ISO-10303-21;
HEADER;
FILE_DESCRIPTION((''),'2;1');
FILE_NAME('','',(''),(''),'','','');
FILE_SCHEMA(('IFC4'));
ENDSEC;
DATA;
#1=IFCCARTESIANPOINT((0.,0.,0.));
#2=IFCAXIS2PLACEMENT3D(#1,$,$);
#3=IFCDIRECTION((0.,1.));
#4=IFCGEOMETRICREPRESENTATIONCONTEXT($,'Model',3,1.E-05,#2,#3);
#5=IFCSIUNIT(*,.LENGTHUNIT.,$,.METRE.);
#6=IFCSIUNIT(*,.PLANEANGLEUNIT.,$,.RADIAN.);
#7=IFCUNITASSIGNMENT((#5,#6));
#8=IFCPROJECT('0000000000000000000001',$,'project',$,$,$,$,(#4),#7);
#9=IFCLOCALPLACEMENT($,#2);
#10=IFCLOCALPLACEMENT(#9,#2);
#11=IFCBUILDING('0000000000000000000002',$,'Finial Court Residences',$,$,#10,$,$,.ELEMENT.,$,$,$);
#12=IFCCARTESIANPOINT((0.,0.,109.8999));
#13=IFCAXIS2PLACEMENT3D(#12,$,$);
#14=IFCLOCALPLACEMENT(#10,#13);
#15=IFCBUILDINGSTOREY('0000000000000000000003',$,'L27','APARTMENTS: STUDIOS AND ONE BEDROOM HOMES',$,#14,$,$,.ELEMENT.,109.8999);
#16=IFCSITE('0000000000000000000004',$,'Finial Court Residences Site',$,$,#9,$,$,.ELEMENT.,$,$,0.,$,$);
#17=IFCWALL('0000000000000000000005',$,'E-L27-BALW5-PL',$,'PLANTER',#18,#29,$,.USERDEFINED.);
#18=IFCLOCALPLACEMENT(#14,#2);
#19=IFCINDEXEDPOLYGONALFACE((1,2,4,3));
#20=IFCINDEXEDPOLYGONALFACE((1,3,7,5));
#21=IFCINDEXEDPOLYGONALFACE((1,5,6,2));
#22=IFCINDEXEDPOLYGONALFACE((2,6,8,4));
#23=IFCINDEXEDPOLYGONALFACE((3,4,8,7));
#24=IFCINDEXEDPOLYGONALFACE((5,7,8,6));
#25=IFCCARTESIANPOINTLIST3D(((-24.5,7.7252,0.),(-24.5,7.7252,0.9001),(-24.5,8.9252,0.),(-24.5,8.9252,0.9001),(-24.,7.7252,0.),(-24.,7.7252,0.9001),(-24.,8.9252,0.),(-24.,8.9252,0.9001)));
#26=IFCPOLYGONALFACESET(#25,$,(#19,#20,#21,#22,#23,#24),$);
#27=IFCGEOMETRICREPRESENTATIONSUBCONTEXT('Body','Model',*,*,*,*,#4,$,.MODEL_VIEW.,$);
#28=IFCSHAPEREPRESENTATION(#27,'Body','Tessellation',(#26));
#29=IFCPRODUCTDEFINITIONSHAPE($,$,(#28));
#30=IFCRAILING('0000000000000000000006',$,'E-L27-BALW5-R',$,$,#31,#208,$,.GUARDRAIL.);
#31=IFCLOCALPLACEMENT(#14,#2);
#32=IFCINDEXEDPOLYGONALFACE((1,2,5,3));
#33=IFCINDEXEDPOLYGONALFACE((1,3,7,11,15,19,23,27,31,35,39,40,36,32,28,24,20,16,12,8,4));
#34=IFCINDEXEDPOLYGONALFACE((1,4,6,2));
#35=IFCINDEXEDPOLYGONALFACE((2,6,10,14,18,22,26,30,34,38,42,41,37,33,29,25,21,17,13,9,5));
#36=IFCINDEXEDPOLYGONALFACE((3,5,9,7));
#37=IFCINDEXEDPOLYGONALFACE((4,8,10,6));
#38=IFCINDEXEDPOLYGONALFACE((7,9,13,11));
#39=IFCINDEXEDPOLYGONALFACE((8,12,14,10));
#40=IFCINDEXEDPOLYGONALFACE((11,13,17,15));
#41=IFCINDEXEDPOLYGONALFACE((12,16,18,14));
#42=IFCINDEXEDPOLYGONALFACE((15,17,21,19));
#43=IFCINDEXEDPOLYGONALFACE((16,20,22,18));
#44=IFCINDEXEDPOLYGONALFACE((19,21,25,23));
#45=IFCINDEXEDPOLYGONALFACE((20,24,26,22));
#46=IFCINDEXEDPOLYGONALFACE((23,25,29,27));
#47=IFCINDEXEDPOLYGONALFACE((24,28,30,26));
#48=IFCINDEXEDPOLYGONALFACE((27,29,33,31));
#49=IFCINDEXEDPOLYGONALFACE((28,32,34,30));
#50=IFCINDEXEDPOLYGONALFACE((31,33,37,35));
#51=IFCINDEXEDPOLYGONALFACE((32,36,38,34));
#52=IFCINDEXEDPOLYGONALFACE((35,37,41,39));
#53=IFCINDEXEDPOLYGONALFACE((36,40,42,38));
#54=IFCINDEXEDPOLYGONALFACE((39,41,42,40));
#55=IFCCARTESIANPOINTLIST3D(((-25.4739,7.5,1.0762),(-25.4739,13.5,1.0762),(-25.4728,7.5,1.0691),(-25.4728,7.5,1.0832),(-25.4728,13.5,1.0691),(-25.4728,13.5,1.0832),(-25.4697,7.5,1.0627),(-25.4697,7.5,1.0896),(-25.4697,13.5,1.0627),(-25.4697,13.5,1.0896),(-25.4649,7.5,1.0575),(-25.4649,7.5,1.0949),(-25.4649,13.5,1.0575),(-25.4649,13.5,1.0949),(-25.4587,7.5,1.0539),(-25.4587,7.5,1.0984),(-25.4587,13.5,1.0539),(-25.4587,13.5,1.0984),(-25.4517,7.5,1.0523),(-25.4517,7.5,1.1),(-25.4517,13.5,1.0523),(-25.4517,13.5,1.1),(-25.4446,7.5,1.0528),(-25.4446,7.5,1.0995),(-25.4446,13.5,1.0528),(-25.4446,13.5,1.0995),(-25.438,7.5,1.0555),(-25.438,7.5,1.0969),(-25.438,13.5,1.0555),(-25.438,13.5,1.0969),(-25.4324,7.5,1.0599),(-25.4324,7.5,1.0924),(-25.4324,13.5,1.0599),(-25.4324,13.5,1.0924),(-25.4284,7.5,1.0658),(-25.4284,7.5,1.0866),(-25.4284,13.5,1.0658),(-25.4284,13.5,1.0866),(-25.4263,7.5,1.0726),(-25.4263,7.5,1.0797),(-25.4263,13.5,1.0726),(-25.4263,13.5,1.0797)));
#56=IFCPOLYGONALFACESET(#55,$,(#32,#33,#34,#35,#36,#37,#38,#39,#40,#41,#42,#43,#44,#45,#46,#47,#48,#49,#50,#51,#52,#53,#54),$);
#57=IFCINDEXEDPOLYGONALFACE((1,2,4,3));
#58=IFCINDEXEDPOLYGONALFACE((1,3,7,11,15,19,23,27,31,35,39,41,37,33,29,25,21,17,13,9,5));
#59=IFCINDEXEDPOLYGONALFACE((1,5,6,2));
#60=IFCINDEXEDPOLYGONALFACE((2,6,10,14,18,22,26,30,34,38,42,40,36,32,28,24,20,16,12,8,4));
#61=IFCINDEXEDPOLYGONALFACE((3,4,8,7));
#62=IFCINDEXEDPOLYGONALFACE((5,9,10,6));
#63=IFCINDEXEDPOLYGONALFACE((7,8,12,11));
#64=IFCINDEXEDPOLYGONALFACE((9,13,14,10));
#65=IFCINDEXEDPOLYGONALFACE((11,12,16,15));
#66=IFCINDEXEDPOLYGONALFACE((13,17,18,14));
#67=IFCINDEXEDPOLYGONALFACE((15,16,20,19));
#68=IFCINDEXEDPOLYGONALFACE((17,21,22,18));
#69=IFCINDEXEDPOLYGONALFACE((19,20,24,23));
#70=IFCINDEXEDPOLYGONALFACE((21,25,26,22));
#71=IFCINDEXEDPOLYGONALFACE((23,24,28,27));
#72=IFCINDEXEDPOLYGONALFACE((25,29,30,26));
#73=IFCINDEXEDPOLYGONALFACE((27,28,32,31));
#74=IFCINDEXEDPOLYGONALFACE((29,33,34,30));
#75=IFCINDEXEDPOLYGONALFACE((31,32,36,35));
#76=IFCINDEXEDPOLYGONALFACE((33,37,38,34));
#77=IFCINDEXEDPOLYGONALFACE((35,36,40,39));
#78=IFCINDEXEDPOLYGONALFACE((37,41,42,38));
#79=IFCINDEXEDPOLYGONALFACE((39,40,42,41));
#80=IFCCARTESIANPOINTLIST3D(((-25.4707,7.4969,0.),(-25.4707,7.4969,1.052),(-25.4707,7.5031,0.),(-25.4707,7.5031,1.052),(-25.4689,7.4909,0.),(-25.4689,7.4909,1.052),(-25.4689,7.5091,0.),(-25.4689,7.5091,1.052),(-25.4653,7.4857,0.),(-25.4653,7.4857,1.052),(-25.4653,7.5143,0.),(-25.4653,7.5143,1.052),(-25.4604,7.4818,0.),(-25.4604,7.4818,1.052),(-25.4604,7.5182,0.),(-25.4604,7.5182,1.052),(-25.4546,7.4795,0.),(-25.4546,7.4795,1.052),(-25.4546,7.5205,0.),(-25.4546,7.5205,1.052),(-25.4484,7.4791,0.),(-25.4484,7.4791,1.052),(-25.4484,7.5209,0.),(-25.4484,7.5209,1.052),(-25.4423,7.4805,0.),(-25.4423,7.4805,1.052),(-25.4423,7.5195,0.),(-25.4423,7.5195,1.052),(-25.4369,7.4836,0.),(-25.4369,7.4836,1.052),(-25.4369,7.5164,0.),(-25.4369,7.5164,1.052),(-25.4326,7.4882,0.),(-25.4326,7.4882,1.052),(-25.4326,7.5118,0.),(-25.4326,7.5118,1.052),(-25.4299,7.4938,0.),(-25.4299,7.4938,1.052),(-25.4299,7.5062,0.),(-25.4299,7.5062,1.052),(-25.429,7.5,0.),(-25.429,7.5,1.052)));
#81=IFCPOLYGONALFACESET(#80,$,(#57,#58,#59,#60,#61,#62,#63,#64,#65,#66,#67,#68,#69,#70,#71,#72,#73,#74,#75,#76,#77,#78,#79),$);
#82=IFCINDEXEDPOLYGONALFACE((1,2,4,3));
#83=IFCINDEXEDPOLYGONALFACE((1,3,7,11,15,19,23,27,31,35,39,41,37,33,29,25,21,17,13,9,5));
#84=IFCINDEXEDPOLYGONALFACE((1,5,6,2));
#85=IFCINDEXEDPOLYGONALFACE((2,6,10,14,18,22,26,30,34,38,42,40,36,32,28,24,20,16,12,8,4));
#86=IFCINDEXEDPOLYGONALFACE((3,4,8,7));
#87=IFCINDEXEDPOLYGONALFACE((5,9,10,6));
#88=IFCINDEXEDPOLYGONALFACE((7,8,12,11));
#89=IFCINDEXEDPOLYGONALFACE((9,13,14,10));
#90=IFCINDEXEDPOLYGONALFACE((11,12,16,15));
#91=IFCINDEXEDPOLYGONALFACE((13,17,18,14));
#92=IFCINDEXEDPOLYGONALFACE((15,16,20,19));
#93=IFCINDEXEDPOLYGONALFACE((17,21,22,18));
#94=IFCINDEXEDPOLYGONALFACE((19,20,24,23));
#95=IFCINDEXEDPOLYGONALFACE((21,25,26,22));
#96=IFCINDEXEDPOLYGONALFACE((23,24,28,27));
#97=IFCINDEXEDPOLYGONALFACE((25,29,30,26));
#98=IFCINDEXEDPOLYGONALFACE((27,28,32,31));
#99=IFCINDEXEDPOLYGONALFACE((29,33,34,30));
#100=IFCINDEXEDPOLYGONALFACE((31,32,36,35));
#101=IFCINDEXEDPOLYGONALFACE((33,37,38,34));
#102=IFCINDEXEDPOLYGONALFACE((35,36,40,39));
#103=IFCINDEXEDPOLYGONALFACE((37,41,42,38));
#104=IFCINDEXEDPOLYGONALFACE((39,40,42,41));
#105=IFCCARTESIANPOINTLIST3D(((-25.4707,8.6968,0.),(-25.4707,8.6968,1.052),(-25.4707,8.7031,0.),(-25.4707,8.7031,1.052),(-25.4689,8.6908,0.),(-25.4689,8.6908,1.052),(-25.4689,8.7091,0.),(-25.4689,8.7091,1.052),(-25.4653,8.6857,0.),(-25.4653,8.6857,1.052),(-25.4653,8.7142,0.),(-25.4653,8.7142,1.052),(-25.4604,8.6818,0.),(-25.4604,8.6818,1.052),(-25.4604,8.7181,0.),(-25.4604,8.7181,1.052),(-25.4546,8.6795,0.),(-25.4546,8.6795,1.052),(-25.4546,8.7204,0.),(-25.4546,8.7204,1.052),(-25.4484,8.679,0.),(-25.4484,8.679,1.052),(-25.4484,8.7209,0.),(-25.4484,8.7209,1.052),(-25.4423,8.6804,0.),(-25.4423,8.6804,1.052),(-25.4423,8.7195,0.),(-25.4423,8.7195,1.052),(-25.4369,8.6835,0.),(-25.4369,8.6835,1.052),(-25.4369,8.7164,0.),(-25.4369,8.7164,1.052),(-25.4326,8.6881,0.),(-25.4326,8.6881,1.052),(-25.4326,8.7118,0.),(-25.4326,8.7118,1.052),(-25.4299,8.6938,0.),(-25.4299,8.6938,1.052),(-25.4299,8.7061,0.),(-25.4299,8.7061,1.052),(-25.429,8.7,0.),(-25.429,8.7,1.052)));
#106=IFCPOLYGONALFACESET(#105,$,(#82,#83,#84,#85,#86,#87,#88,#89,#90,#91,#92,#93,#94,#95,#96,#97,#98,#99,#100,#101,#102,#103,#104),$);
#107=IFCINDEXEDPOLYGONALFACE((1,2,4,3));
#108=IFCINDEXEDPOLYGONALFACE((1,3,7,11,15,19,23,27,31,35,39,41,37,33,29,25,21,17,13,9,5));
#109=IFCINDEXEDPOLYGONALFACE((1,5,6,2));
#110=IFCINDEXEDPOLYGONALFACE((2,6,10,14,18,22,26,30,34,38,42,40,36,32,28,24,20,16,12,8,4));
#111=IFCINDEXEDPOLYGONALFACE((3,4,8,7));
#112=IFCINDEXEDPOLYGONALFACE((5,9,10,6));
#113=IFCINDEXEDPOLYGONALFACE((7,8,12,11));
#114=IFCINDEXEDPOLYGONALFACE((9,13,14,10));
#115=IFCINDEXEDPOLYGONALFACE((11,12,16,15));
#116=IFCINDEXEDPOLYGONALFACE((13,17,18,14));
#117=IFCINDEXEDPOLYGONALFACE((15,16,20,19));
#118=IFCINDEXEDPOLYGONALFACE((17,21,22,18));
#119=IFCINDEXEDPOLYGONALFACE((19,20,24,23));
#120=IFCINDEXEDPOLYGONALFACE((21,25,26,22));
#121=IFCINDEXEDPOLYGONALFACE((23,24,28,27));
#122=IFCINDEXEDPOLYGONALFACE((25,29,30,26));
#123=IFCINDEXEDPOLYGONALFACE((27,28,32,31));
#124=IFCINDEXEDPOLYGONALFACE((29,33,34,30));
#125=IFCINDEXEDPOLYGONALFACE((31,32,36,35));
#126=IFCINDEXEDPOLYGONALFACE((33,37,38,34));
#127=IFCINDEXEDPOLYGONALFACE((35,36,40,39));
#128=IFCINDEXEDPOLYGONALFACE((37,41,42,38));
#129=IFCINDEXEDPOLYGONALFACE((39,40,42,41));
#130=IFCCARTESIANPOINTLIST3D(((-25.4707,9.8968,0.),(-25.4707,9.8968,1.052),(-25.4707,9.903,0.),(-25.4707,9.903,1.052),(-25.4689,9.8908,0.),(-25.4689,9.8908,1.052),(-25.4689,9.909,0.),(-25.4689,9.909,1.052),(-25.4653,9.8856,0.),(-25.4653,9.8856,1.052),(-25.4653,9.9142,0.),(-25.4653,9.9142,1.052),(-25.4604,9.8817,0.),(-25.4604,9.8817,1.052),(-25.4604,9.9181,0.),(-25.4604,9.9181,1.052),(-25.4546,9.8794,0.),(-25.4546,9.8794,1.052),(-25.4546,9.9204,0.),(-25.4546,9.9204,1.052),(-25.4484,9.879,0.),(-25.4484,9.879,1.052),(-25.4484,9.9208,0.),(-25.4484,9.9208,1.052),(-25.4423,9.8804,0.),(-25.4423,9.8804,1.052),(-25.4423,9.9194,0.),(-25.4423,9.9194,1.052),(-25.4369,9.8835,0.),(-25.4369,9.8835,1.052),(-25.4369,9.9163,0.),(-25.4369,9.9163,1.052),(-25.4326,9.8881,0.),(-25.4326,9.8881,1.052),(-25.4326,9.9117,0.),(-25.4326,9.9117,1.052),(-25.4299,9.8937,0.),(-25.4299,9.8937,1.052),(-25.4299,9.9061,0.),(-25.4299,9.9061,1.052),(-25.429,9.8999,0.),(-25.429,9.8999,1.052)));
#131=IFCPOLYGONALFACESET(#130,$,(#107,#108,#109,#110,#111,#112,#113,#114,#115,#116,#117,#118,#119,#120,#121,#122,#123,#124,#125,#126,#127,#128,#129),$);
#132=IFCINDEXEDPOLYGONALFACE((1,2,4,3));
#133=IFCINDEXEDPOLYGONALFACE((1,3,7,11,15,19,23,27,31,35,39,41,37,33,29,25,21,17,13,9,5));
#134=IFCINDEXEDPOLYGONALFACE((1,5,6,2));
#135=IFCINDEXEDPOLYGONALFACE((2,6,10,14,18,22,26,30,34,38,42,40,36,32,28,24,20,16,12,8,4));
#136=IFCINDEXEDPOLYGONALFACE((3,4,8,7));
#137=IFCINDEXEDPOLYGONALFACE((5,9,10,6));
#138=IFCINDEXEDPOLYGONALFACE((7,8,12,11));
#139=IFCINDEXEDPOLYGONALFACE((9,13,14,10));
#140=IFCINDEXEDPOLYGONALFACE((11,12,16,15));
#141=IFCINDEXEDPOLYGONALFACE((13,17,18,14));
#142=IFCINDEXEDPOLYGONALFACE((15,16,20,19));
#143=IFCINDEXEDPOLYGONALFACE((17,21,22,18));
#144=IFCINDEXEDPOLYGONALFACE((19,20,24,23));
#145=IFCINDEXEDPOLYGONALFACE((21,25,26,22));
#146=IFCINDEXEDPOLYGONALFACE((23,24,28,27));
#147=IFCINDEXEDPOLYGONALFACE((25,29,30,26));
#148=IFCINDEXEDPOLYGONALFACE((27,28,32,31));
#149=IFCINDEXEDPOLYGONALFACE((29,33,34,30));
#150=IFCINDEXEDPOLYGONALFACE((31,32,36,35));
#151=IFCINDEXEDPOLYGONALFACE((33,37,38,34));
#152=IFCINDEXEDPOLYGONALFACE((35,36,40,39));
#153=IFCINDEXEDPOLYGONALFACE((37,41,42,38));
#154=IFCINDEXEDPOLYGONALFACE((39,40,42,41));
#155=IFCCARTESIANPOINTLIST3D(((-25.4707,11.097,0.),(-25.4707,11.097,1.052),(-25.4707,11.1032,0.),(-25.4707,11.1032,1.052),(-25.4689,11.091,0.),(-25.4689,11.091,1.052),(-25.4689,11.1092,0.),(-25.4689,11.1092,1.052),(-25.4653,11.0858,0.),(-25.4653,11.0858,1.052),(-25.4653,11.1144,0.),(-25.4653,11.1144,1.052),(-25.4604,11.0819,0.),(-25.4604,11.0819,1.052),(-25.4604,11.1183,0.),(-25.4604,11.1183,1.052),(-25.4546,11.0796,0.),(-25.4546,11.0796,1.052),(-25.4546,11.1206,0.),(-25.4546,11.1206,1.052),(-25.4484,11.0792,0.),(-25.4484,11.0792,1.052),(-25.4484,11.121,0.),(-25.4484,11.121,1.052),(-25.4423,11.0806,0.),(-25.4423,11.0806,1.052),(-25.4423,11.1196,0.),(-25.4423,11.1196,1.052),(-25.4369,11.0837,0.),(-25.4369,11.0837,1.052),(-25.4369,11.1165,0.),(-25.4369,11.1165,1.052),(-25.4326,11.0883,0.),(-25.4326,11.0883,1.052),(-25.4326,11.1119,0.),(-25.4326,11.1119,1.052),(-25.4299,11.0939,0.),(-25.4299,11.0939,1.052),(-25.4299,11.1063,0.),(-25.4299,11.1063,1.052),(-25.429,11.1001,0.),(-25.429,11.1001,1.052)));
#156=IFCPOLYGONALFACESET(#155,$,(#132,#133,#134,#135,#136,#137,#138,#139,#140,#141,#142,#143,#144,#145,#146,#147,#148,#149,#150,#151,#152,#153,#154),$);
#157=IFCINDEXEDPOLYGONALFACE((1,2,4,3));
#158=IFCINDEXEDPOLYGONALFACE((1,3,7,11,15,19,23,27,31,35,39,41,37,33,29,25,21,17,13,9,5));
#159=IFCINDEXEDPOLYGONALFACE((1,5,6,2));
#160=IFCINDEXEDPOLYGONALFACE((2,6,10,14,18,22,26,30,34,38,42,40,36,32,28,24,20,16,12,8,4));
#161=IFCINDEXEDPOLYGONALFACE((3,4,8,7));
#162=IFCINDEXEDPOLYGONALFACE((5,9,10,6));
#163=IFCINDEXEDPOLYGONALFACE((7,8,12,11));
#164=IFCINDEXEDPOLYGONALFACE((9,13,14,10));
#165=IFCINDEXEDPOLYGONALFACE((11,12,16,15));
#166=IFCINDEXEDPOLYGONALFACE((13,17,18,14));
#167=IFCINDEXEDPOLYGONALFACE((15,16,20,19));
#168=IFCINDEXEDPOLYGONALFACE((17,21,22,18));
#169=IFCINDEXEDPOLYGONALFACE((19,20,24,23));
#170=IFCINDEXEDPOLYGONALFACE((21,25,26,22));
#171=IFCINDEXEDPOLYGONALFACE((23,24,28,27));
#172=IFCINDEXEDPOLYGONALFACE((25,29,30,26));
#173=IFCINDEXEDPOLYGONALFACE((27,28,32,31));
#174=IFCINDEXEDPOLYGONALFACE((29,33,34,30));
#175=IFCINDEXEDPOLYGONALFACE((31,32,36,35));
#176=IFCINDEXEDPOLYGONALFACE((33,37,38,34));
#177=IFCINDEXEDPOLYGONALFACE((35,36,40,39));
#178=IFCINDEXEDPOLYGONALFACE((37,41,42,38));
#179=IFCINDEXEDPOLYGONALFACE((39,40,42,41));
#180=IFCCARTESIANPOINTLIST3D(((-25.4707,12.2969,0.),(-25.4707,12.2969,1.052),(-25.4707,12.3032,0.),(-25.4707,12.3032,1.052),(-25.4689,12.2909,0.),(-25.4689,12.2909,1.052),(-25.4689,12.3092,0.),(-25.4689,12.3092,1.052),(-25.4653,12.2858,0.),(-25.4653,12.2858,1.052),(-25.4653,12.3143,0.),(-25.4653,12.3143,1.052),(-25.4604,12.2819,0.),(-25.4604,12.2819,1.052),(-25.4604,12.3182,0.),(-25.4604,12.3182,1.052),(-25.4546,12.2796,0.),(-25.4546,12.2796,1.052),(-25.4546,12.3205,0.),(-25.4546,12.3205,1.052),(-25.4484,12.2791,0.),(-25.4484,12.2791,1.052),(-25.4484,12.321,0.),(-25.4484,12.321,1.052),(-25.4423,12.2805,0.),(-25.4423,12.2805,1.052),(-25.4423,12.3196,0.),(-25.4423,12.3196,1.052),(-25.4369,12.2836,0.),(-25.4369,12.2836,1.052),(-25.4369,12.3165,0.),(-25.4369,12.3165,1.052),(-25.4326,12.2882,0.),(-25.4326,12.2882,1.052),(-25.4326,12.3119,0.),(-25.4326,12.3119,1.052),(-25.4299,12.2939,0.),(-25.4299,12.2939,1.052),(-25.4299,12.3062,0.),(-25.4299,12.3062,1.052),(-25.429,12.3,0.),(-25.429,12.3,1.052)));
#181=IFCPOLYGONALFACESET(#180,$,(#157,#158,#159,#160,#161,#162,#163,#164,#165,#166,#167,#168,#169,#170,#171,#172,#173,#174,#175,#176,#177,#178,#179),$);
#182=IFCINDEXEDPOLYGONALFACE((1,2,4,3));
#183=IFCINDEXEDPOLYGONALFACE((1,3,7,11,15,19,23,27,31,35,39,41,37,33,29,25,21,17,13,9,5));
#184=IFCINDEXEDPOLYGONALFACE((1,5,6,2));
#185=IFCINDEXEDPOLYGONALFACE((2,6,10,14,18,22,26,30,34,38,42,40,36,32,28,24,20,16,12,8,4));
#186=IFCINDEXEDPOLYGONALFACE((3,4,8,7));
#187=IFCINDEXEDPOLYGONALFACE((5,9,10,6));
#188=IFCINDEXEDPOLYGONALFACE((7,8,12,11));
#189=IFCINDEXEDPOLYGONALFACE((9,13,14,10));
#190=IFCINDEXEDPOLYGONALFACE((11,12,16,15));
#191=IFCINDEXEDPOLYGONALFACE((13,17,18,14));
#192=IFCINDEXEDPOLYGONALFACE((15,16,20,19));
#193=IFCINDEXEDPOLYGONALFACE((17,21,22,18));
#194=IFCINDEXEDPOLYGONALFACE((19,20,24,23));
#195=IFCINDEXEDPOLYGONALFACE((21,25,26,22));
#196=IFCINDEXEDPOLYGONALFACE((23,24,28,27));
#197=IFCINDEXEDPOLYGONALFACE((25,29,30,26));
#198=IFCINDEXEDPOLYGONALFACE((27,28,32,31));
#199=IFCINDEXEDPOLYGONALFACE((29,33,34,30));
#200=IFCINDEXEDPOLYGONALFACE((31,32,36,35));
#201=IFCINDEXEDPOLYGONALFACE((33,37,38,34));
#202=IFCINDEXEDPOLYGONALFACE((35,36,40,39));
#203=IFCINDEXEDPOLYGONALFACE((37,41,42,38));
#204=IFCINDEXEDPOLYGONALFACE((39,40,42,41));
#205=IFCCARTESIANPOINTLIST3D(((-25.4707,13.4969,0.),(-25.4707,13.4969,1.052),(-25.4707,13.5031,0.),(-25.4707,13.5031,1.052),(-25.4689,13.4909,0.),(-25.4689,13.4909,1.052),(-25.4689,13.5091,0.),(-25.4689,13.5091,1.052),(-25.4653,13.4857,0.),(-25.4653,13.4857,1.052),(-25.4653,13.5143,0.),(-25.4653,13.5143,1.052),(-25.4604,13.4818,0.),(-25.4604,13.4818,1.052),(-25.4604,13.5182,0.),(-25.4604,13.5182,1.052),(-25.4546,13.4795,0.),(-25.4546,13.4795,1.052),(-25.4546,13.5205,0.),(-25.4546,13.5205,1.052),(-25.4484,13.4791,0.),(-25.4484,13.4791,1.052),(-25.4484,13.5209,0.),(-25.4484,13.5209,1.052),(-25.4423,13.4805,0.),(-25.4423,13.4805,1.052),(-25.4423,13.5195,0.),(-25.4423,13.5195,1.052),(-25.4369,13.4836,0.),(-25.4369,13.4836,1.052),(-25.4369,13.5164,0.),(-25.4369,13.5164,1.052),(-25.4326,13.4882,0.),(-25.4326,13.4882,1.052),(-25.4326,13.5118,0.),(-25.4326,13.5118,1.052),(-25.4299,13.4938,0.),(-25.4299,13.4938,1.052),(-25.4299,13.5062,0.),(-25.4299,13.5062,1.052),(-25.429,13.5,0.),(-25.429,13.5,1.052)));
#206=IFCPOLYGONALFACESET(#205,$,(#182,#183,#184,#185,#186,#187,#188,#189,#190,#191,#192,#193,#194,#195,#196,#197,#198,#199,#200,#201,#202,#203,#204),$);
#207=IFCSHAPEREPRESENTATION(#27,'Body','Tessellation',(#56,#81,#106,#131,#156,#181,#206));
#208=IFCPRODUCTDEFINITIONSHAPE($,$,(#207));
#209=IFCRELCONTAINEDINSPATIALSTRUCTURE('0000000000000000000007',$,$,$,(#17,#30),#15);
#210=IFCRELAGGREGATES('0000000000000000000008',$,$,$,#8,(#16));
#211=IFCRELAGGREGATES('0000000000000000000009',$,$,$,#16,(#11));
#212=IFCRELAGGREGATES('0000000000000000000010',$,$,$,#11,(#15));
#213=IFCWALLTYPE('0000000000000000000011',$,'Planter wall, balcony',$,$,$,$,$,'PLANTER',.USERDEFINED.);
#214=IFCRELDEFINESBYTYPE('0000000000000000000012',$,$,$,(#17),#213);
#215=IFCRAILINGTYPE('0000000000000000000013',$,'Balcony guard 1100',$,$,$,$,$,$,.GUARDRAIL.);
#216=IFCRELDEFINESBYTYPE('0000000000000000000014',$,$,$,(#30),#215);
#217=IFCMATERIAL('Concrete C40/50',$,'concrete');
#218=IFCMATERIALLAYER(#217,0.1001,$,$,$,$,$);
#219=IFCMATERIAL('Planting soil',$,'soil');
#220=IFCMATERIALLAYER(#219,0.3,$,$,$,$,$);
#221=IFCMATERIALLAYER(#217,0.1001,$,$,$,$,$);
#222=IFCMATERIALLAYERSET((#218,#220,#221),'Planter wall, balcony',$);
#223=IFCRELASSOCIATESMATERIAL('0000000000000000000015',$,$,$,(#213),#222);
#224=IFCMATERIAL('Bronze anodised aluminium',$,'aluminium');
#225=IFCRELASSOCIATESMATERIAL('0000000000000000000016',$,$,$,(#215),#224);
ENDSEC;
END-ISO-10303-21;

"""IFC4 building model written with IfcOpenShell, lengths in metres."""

from ifc_helpers import new_model, si_unit, direction, frame, frame_2d, origin, origin_2d, place, context, subcontext, project, spatial, rectangle, circle, extrude, material, layer, layer_set, type_object, element, save


model = new_model("IFC4")

# Units and contexts
model_context = context("Model", 3, precision=1e-05, world=origin(), true_north=direction((0.0, 1.0)))
body_context = subcontext(model_context, "Body", "Model", "MODEL_VIEW")
ifc_project = project(units=[si_unit("LENGTHUNIT", "METRE"), si_unit("PLANEANGLEUNIT", "RADIAN")], contexts=[model_context])

# Site, building, storey
site_placement = place(None, origin())
site = spatial("IfcSite", under=ifc_project, at=site_placement, Name="Finial Court Residences Site", CompositionType="ELEMENT", RefElevation=0.0)
building_placement = place(site_placement, origin())
building = spatial("IfcBuilding", under=site, at=building_placement, Name="Finial Court Residences", CompositionType="ELEMENT")
storey_placement = place(building_placement, frame((0.0, 0.0, 109.8999)))
storey = spatial("IfcBuildingStorey", under=building, at=storey_placement, Name="L27", Description="APARTMENTS: STUDIOS AND ONE BEDROOM HOMES", CompositionType="ELEMENT", Elevation=109.8999)

# Shared definitions
ifc_material_1 = material(Name="Bronze anodised aluminium", Category="aluminium")

# Wall
ifc_material_2 = material(Name="Concrete C40/50", Category="concrete")
ifc_layer_1 = layer(ifc_material_2, 0.1001)
ifc_material_3 = material(Name="Planting soil", Category="soil")
ifc_layer_2 = layer(ifc_material_3, 0.3)
ifc_layer_3 = layer(ifc_material_2, 0.1001)
ifc_layer_set_1 = layer_set([ifc_layer_1, ifc_layer_2, ifc_layer_3], Name="Planter wall, balcony")
wall_type_1 = type_object("IfcWallType", Name="Planter wall, balcony", ElementType="PLANTER", PredefinedType="USERDEFINED", material=ifc_layer_set_1)
wall_1_placement = place(storey_placement, frame((-24.25, 7.7251, 0.0), z_axis=(0.0, 0.0, 1.0), x_axis=(0.0, 1.0, 0.0)))
element("IfcWall", 1, at=wall_1_placement, inside=storey, type_object=wall_type_1, Name="E-L27-BALW5-PL", ObjectType="PLANTER", PredefinedType="USERDEFINED", context=body_context, shape_type="SweptSolid", body=[
    extrude(rectangle(XDim=1.2, YDim=0.5, at=frame_2d((0.6001, 0.0))), origin(), (0.0, 0.0, 1.0), 0.9001),
])

# Railing
railing_type = type_object("IfcRailingType", Name="Balcony guard 1100", PredefinedType="GUARDRAIL", material=ifc_material_1)
railing_placement = place(storey_placement, frame((-25.45, 7.5, 0.0)))
element("IfcRailing", 2, at=railing_placement, inside=storey, type_object=railing_type, Name="E-L27-BALW5-R", PredefinedType="GUARDRAIL", context=body_context, shape_type="SweptSolid", body=[
    extrude(circle(Radius=0.0239, at=origin_2d()), frame((0.0, 0.0, 1.0762), z_axis=(0.0, 1.0, 0.0), x_axis=(-1.0, 0.0, 0.0)), (0.0, 0.0, 1.0), 6.0),
    extrude(circle(Radius=0.021, at=origin_2d()), origin(), (0.0, 0.0, 1.0), 1.052),
    extrude(circle(Radius=0.021, at=origin_2d()), frame((0.0, 1.2, 0.0)), (0.0, 0.0, 1.0), 1.052),
    extrude(circle(Radius=0.021, at=origin_2d()), frame((0.0, 2.3999, 0.0)), (0.0, 0.0, 1.0), 1.052),
    extrude(circle(Radius=0.021, at=origin_2d()), frame((0.0, 3.6001, 0.0)), (0.0, 0.0, 1.0), 1.052),
    extrude(circle(Radius=0.021, at=origin_2d()), frame((0.0, 4.8, 0.0)), (0.0, 0.0, 1.0), 1.052),
    extrude(circle(Radius=0.021, at=origin_2d()), frame((0.0, 6.0, 0.0)), (0.0, 0.0, 1.0), 1.052),
])

save(model, "model.ifc")
